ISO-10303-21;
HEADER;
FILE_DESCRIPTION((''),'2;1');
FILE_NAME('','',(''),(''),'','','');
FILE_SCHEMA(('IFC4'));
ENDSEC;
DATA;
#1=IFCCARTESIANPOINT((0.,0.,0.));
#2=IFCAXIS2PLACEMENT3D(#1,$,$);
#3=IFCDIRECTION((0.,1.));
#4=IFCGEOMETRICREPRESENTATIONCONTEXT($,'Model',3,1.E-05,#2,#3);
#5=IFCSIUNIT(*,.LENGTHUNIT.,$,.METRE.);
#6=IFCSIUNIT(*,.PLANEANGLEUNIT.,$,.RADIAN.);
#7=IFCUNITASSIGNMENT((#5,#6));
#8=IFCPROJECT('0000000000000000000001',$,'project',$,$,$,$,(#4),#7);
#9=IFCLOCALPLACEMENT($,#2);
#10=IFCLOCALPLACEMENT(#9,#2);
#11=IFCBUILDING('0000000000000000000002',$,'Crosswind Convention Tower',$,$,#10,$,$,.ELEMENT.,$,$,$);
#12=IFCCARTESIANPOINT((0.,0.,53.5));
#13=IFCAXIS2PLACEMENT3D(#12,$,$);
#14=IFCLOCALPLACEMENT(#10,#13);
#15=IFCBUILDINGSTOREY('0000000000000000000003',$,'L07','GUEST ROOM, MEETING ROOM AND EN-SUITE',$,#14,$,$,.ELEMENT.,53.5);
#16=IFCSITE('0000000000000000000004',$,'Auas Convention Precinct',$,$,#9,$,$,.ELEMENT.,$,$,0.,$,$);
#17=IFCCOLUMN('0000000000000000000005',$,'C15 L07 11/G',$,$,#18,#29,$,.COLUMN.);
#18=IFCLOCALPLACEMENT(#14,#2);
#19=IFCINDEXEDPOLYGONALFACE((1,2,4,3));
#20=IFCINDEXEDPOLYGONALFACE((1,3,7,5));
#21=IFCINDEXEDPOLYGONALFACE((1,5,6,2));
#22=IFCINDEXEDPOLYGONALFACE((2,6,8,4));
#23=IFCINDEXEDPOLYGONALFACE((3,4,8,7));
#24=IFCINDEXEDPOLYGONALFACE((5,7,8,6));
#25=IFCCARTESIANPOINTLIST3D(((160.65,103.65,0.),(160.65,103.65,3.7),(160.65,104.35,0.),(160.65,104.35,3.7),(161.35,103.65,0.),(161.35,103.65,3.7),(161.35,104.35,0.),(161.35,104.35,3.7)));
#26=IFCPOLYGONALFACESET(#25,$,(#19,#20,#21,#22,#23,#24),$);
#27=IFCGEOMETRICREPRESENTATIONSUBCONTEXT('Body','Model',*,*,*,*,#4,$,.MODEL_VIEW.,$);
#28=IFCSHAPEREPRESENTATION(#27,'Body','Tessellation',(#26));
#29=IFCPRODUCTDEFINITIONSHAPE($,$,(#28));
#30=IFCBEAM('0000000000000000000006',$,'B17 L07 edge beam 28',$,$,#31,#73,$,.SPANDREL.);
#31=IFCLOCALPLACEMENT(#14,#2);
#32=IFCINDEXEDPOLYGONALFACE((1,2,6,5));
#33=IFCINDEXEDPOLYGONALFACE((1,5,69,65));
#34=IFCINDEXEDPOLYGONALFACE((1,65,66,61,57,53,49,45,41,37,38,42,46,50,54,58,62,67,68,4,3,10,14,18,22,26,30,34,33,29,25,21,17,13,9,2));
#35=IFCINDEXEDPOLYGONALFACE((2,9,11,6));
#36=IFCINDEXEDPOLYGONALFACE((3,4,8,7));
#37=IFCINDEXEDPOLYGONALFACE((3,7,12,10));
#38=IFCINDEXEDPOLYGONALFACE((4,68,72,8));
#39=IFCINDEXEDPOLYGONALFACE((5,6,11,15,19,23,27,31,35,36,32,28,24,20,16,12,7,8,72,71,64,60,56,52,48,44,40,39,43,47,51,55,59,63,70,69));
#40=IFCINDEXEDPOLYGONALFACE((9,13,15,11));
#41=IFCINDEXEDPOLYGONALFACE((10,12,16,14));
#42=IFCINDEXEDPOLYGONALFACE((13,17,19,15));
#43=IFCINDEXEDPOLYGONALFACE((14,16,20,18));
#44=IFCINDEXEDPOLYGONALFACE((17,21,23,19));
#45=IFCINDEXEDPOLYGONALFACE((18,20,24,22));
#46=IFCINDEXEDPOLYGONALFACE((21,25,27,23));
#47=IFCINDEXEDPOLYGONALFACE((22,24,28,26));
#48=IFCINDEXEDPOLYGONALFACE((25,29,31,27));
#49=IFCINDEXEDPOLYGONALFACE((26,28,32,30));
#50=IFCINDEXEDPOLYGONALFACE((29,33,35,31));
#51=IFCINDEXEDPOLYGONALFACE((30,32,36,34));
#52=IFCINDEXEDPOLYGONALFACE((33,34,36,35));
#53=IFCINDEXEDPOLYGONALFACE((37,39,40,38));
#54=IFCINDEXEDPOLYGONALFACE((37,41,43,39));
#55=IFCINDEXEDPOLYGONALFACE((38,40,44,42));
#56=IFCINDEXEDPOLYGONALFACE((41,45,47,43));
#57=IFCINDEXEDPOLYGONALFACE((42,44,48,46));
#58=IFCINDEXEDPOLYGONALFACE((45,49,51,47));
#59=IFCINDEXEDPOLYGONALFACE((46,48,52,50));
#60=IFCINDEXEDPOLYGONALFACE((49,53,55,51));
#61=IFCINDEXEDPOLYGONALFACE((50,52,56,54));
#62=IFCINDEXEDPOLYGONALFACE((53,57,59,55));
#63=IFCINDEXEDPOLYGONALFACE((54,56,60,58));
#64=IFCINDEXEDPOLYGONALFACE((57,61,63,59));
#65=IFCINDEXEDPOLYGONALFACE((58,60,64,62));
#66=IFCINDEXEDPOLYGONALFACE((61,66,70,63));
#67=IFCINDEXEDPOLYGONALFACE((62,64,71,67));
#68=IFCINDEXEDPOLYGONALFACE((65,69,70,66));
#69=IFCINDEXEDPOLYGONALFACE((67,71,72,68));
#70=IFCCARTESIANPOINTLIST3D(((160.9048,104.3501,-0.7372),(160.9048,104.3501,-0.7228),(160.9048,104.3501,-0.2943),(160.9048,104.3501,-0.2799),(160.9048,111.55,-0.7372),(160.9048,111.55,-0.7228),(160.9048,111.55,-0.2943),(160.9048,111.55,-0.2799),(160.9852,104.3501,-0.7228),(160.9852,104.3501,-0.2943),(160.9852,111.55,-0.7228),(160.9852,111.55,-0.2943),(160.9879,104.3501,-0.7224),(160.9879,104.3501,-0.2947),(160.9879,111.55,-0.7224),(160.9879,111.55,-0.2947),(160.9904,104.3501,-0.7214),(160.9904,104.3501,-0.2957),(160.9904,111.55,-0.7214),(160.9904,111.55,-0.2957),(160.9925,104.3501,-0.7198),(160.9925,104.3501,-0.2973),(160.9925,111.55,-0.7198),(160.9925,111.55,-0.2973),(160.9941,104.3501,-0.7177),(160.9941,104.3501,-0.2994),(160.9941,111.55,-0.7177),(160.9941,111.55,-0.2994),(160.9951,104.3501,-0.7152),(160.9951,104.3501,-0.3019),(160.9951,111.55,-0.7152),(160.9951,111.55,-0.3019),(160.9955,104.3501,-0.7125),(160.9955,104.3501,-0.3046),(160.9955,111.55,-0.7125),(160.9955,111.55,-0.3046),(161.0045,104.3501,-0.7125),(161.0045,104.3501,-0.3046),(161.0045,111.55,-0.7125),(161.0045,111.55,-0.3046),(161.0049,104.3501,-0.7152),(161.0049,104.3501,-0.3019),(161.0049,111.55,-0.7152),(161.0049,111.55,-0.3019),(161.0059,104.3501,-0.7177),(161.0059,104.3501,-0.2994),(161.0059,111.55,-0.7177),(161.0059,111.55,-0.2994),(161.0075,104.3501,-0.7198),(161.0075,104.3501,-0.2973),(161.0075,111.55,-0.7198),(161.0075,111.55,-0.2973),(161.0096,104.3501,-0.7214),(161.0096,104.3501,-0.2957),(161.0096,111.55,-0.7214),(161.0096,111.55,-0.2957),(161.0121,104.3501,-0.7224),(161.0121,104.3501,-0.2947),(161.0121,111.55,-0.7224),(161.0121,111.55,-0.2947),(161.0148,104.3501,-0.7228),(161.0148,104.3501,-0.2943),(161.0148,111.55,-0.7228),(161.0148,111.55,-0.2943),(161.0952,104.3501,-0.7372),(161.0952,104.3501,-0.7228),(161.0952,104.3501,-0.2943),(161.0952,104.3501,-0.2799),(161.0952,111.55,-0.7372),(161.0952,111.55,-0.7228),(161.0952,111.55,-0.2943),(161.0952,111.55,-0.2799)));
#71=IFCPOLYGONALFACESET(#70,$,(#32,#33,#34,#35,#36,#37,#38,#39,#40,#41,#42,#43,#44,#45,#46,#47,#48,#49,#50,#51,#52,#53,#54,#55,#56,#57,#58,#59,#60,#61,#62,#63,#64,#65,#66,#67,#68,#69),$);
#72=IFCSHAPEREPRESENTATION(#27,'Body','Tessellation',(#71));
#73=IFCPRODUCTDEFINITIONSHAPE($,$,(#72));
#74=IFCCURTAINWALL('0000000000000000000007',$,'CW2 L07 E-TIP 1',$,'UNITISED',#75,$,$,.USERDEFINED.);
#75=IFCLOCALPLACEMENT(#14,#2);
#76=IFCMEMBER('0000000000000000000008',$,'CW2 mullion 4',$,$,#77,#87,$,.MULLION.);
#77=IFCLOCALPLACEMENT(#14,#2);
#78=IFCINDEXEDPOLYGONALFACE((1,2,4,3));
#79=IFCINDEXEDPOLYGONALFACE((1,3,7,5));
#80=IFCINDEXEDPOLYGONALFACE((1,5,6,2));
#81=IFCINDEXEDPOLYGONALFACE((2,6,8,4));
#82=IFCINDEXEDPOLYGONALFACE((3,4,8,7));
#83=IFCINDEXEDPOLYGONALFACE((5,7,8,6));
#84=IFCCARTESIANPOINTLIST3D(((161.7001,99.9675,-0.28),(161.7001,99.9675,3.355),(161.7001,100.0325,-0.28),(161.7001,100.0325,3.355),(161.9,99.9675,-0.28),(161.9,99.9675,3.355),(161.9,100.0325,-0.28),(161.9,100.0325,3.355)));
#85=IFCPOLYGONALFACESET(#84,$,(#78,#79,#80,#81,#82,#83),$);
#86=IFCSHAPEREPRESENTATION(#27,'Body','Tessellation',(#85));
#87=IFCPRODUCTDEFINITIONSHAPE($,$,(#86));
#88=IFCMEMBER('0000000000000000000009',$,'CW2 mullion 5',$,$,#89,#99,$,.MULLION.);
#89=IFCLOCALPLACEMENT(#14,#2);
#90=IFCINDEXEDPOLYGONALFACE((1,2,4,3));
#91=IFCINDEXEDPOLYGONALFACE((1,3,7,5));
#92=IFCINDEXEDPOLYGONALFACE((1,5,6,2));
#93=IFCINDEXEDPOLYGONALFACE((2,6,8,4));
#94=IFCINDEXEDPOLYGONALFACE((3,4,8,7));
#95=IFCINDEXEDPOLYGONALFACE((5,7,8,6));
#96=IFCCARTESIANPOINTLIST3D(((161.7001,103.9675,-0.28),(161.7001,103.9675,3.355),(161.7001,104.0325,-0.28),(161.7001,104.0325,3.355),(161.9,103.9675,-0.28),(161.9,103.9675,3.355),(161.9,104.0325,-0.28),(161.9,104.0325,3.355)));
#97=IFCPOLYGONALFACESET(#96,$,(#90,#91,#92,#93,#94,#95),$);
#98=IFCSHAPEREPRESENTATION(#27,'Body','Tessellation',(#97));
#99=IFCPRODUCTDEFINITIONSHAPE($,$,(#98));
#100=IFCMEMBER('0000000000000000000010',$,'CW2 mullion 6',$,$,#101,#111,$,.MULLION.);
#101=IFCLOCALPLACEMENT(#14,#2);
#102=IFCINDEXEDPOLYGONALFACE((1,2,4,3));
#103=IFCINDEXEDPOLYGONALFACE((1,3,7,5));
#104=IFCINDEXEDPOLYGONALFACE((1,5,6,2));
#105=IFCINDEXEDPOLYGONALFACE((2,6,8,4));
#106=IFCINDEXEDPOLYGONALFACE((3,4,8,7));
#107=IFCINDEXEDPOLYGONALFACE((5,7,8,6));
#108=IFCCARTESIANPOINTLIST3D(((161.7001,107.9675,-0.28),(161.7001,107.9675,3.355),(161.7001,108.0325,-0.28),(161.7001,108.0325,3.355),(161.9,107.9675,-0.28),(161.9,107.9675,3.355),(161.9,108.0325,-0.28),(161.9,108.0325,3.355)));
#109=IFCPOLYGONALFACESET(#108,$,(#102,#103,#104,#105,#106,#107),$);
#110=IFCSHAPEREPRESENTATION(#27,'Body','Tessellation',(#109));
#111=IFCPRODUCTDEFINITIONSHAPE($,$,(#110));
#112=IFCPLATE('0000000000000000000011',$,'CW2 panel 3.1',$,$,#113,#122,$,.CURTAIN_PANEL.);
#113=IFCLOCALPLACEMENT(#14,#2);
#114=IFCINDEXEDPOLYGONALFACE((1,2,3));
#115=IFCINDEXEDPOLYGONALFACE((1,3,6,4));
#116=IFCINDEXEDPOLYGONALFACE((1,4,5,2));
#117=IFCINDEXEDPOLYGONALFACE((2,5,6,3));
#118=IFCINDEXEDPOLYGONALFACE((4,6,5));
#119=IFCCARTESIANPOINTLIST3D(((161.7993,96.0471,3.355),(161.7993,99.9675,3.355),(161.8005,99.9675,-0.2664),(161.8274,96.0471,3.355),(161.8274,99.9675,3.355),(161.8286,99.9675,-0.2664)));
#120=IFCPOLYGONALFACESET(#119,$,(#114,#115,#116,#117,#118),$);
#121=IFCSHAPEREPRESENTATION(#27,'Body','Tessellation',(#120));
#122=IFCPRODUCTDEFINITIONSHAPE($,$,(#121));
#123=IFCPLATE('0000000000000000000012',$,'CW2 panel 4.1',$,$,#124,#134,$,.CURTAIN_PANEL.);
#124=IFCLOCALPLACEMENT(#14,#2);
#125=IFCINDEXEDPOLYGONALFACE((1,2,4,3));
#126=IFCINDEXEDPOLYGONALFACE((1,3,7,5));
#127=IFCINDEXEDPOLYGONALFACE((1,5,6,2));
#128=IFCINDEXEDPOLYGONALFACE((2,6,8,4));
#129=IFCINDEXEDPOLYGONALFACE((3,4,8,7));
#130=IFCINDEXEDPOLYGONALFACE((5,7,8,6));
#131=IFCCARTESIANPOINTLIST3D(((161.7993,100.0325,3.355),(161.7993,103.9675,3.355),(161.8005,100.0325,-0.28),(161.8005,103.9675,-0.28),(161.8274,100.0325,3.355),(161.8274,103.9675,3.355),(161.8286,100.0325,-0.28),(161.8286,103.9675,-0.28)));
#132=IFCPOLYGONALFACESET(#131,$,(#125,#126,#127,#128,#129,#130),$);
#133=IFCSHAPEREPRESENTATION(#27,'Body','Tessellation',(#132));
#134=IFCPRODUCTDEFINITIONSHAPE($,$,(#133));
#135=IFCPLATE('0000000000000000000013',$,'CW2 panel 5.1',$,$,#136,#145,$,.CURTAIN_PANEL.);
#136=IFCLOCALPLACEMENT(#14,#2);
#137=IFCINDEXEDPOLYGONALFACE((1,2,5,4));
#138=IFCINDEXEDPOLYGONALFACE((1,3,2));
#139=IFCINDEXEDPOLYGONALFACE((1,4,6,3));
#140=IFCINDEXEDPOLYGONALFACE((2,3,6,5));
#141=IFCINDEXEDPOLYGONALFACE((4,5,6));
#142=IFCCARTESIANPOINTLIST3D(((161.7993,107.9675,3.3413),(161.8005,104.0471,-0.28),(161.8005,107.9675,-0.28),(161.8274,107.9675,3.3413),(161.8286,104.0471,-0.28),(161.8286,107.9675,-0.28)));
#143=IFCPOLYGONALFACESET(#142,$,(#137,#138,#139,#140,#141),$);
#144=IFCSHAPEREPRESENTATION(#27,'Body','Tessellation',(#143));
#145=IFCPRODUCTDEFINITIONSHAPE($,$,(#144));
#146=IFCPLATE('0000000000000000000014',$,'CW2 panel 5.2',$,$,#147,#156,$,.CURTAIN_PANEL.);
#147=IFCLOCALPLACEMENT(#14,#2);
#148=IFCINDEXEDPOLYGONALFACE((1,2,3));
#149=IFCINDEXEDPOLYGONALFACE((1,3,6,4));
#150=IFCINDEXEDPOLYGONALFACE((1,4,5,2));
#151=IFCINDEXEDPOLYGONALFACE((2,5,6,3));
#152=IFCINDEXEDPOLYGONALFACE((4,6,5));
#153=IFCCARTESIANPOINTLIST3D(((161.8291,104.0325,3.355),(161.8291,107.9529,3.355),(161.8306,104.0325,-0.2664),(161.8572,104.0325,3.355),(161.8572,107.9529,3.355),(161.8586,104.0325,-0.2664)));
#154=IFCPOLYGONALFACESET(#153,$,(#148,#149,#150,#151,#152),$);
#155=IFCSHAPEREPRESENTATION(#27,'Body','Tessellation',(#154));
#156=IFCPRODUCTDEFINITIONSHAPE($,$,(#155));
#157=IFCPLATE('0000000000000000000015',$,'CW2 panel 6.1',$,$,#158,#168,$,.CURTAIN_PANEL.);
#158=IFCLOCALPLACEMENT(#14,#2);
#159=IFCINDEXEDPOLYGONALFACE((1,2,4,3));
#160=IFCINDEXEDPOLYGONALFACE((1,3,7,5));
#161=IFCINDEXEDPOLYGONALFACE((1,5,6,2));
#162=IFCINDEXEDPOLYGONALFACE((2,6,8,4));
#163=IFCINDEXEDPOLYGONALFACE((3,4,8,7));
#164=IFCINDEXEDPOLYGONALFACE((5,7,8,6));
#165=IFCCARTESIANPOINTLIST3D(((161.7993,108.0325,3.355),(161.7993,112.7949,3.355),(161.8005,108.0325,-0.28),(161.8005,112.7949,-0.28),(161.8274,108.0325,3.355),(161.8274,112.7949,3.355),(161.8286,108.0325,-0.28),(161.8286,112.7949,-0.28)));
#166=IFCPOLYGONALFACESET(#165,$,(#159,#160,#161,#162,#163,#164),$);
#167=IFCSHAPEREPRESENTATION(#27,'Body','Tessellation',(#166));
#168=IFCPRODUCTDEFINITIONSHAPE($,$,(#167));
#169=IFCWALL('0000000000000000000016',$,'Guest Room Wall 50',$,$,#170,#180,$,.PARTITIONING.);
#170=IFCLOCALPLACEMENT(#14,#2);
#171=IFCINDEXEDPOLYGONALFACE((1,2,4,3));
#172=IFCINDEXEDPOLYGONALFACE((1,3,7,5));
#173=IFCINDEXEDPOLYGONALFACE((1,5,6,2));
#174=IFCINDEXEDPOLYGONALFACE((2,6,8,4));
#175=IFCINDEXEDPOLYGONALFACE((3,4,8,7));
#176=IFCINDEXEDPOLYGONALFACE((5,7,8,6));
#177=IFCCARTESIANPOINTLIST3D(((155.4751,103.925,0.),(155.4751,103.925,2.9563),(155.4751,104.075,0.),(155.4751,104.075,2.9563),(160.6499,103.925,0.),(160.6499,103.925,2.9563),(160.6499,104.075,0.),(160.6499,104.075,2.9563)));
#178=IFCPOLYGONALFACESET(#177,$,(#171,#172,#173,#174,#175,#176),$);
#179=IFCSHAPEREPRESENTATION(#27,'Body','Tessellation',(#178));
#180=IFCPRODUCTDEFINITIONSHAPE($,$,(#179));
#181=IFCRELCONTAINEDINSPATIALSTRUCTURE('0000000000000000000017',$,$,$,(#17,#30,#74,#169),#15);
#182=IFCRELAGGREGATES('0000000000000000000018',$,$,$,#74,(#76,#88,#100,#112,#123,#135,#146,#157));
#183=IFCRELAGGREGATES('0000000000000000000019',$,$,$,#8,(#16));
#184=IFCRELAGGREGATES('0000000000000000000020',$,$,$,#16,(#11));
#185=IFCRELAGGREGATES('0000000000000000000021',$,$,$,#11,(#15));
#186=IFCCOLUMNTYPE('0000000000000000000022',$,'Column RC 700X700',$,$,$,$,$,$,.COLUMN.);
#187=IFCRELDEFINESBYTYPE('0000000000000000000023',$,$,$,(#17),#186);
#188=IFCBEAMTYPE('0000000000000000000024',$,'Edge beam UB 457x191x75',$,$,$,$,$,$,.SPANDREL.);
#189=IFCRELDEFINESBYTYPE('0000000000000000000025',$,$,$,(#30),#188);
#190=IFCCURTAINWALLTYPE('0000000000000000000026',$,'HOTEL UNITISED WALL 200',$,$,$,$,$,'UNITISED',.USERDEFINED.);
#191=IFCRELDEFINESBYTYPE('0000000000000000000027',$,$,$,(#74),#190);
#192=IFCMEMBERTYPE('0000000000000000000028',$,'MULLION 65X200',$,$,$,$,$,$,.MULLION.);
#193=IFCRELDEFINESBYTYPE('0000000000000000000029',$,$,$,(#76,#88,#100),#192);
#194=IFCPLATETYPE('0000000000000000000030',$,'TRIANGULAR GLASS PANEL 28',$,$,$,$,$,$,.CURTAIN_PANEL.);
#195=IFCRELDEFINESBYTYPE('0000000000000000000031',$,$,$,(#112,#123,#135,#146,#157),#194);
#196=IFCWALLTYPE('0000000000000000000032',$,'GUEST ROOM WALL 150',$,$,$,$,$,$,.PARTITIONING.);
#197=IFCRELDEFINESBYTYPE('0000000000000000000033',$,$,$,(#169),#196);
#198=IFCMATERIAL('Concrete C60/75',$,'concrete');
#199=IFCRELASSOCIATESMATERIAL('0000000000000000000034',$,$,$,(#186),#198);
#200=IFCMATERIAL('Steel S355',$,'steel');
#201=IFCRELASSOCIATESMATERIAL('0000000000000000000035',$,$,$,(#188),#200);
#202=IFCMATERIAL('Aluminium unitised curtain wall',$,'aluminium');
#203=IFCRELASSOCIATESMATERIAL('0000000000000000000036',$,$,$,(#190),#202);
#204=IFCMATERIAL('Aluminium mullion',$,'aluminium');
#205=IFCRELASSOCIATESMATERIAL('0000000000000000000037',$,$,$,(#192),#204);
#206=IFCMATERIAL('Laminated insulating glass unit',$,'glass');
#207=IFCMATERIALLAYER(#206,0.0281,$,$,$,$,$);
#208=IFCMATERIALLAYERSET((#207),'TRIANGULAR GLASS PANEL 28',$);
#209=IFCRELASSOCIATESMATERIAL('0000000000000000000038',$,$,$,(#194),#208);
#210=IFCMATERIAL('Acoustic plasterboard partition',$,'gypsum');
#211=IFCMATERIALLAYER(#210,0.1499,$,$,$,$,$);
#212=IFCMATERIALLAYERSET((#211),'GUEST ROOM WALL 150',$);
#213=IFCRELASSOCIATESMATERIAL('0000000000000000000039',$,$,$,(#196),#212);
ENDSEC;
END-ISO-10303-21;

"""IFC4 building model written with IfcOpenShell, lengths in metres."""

from ifc_helpers import new_model, si_unit, direction, frame, frame_2d, origin, origin_2d, place, context, subcontext, project, spatial, polyline, rectangle, i_section, outline, extrude, material, layer, layer_set, material_profile, profile_set, type_object, element, aggregate, save


model = new_model("IFC4")

# Units and contexts
model_context = context("Model", 3, precision=1e-05, world=origin(), true_north=direction((0.0, 1.0)))
body_context = subcontext(model_context, "Body", "Model", "MODEL_VIEW")
ifc_project = project(units=[si_unit("LENGTHUNIT", "METRE"), si_unit("PLANEANGLEUNIT", "RADIAN")], contexts=[model_context])

# Site, building, storey
site_placement = place(None, origin())
site = spatial("IfcSite", under=ifc_project, at=site_placement, Name="Auas Convention Precinct", CompositionType="ELEMENT", RefElevation=0.0)
building_placement = place(site_placement, origin())
building = spatial("IfcBuilding", under=site, at=building_placement, Name="Crosswind Convention Tower", CompositionType="ELEMENT")
storey_placement = place(building_placement, frame((0.0, 0.0, 53.5)))
storey = spatial("IfcBuildingStorey", under=building, at=storey_placement, Name="L07", Description="GUEST ROOM, MEETING ROOM AND EN-SUITE", CompositionType="ELEMENT", Elevation=53.5)

# Column
ifc_material_1 = material(Name="Concrete C60/75", Category="concrete")
ifc_material_profile_1 = material_profile(ifc_material_1, rectangle(XDim=0.7, YDim=0.7, at=origin_2d()), Name="RC 700X700")
ifc_profile_set_1 = profile_set([ifc_material_profile_1], Name="Concrete C60/75")
column_type = type_object("IfcColumnType", Name="Column RC 700X700", PredefinedType="COLUMN", material=ifc_profile_set_1)
column_placement = place(storey_placement, frame((161.0, 104.0, 0.0), z_axis=(0.0, 0.0, 1.0), x_axis=(1.0, 0.0, 0.0)))
element("IfcColumn", 1, at=column_placement, inside=storey, type_object=column_type, Name="C15 L07 11/G", PredefinedType="COLUMN", context=body_context, shape_type="SweptSolid", body=[
    extrude(rectangle(XDim=0.7, YDim=0.7, at=origin_2d()), origin(), (0.0, 0.0, 1.0), 3.7),
])

# Beam
ifc_material_2 = material(Name="Steel S355", Category="steel")
ifc_material_profile_2 = material_profile(ifc_material_2, i_section(OverallWidth=0.1904, OverallDepth=0.4573, WebThickness=0.009, FlangeThickness=0.0144, FilletRadius=0.0103, at=origin_2d()), Name="UB 457x191x75")
ifc_profile_set_2 = profile_set([ifc_material_profile_2], Name="Steel S355")
beam_type = type_object("IfcBeamType", Name="Edge beam UB 457x191x75", PredefinedType="SPANDREL", material=ifc_profile_set_2)
beam_placement = place(storey_placement, frame((161.0, 104.3501, -0.5085), z_axis=(0.0, 1.0, 0.0), x_axis=(-1.0, 0.0, 0.0)))
element("IfcBeam", 2, at=beam_placement, inside=storey, type_object=beam_type, Name="B17 L07 edge beam 28", PredefinedType="SPANDREL", context=body_context, shape_type="SweptSolid", body=[
    extrude(i_section(OverallWidth=0.1904, OverallDepth=0.4573, WebThickness=0.009, FlangeThickness=0.0144, FilletRadius=0.0103, at=origin_2d()), origin(), (0.0, 0.0, 1.0), 7.2),
])

# Curtain wall, members, plates
ifc_material_3 = material(Name="Aluminium unitised curtain wall", Category="aluminium")
curtain_wall_type = type_object("IfcCurtainWallType", Name="HOTEL UNITISED WALL 200", ElementType="UNITISED", PredefinedType="USERDEFINED", material=ifc_material_3)
curtain_wall_placement = place(storey_placement, origin())
curtain_wall = element("IfcCurtainWall", 3, at=curtain_wall_placement, inside=storey, type_object=curtain_wall_type, Name="CW2 L07 E-TIP 1", ObjectType="UNITISED", PredefinedType="USERDEFINED")
ifc_material_4 = material(Name="Aluminium mullion", Category="aluminium")
ifc_material_profile_3 = material_profile(ifc_material_4, rectangle(XDim=0.2, YDim=0.0649, at=origin_2d()), Name="AL 200X65")
ifc_profile_set_3 = profile_set([ifc_material_profile_3], Name="Aluminium mullion")
member_type = type_object("IfcMemberType", Name="MULLION 65X200", PredefinedType="MULLION", material=ifc_profile_set_3)
member_1_placement = place(storey_placement, frame((161.8, 100.0, -0.28), z_axis=(0.0, 0.0, 1.0), x_axis=(1.0, 0.0, 0.0)))
member_1 = element("IfcMember", 4, at=member_1_placement, type_object=member_type, Name="CW2 mullion 4", PredefinedType="MULLION", context=body_context, shape_type="SweptSolid", body=[
    extrude(rectangle(XDim=0.2, YDim=0.0649, at=origin_2d()), origin(), (0.0, 0.0, 1.0), 3.635),
])
member_2_placement = place(storey_placement, frame((161.8, 104.0, -0.28), z_axis=(0.0, 0.0, 1.0), x_axis=(1.0, 0.0, 0.0)))
member_2 = element("IfcMember", 5, at=member_2_placement, type_object=member_type, Name="CW2 mullion 5", PredefinedType="MULLION", context=body_context, shape_type="SweptSolid", body=[
    extrude(rectangle(XDim=0.2, YDim=0.0649, at=origin_2d()), origin(), (0.0, 0.0, 1.0), 3.635),
])
member_3_placement = place(storey_placement, frame((161.8, 108.0, -0.28), z_axis=(0.0, 0.0, 1.0), x_axis=(1.0, 0.0, 0.0)))
member_3 = element("IfcMember", 6, at=member_3_placement, type_object=member_type, Name="CW2 mullion 6", PredefinedType="MULLION", context=body_context, shape_type="SweptSolid", body=[
    extrude(rectangle(XDim=0.2, YDim=0.0649, at=origin_2d()), origin(), (0.0, 0.0, 1.0), 3.635),
])
ifc_material_5 = material(Name="Laminated insulating glass unit", Category="glass")
ifc_layer_1 = layer(ifc_material_5, 0.0281)
ifc_layer_set_1 = layer_set([ifc_layer_1], Name="TRIANGULAR GLASS PANEL 28")
plate_type = type_object("IfcPlateType", Name="TRIANGULAR GLASS PANEL 28", PredefinedType="CURTAIN_PANEL", material=ifc_layer_set_1)
plate_1_placement = place(storey_placement, frame((161.8274, 99.9675, 3.355), z_axis=(1.0, 0.0, 0.000337), x_axis=(0.0, -1.0, 0.0)))
plate_1 = element("IfcPlate", 7, at=plate_1_placement, type_object=plate_type, Name="CW2 panel 3.1", PredefinedType="CURTAIN_PANEL", context=body_context, shape_type="SweptSolid", body=[
    extrude(outline(polyline([(0.0, 0.0), (3.9204, 0.0), (0.0, 3.6213), (0.0, 0.0)])), origin(), (0.0, 0.0, -1.0), 0.0281),
])
plate_2_placement = place(storey_placement, frame((161.8286, 100.0325, -0.28), z_axis=(1.0, 0.0, 0.000336), x_axis=(0.0, 1.0, 0.0)))
plate_2 = element("IfcPlate", 8, at=plate_2_placement, type_object=plate_type, Name="CW2 panel 4.1", PredefinedType="CURTAIN_PANEL", context=body_context, shape_type="SweptSolid", body=[
    extrude(outline(polyline([(0.0, 0.0), (3.9351, 0.0), (3.9351, 3.635), (0.0, 3.635), (0.0, 0.0)])), origin(), (0.0, 0.0, -1.0), 0.0281),
])
plate_3_placement = place(storey_placement, frame((161.8286, 107.9675, -0.28), z_axis=(1.0, 0.0, 0.000337), x_axis=(-0.000337, 0.0, 1.0)))
plate_3 = element("IfcPlate", 9, at=plate_3_placement, type_object=plate_type, Name="CW2 panel 5.1", PredefinedType="CURTAIN_PANEL", context=body_context, shape_type="SweptSolid", body=[
    extrude(outline(polyline([(0.0, 0.0), (3.6213, 0.0), (0.0, 3.9204), (0.0, 0.0)])), origin(), (0.0, 0.0, -1.0), 0.0281),
])
plate_4_placement = place(storey_placement, frame((161.8572, 104.0325, 3.355), z_axis=(1.0, 0.0, 0.000405), x_axis=(0.000405, 0.0, -1.0)))
plate_4 = element("IfcPlate", 10, at=plate_4_placement, type_object=plate_type, Name="CW2 panel 5.2", PredefinedType="CURTAIN_PANEL", context=body_context, shape_type="SweptSolid", body=[
    extrude(outline(polyline([(0.0, 0.0), (3.6213, 0.0), (0.0, 3.9204), (0.0, 0.0)])), origin(), (0.0, 0.0, -1.0), 0.0281),
])
plate_5_placement = place(storey_placement, frame((161.8286, 108.0325, -0.28), z_axis=(1.0, 0.0, 0.000336), x_axis=(0.0, 1.0, 0.0)))
plate_5 = element("IfcPlate", 11, at=plate_5_placement, type_object=plate_type, Name="CW2 panel 6.1", PredefinedType="CURTAIN_PANEL", context=body_context, shape_type="SweptSolid", body=[
    extrude(outline(polyline([(0.0, 0.0), (4.7625, 0.0), (4.7625, 3.635), (0.0, 3.635), (0.0, 0.0)])), origin(), (0.0, 0.0, -1.0), 0.0281),
])
aggregate(curtain_wall, [member_1, member_2, member_3, plate_1, plate_2, plate_3, plate_4, plate_5])

# Wall
ifc_material_6 = material(Name="Acoustic plasterboard partition", Category="gypsum")
ifc_layer_2 = layer(ifc_material_6, 0.1499)
ifc_layer_set_2 = layer_set([ifc_layer_2], Name="GUEST ROOM WALL 150")
wall_type_1 = type_object("IfcWallType", Name="GUEST ROOM WALL 150", PredefinedType="PARTITIONING", material=ifc_layer_set_2)
wall_1_placement = place(storey_placement, frame((155.4751, 104.0, 0.0), z_axis=(0.0, 0.0, 1.0), x_axis=(1.0, 0.0, 0.0)))
element("IfcWall", 12, at=wall_1_placement, inside=storey, type_object=wall_type_1, Name="Guest Room Wall 50", PredefinedType="PARTITIONING", context=body_context, shape_type="SweptSolid", body=[
    extrude(rectangle(XDim=5.1748, YDim=0.1499, at=frame_2d((2.5874, 0.0))), origin(), (0.0, 0.0, 1.0), 2.9563),
])

save(model, "model.ifc")
